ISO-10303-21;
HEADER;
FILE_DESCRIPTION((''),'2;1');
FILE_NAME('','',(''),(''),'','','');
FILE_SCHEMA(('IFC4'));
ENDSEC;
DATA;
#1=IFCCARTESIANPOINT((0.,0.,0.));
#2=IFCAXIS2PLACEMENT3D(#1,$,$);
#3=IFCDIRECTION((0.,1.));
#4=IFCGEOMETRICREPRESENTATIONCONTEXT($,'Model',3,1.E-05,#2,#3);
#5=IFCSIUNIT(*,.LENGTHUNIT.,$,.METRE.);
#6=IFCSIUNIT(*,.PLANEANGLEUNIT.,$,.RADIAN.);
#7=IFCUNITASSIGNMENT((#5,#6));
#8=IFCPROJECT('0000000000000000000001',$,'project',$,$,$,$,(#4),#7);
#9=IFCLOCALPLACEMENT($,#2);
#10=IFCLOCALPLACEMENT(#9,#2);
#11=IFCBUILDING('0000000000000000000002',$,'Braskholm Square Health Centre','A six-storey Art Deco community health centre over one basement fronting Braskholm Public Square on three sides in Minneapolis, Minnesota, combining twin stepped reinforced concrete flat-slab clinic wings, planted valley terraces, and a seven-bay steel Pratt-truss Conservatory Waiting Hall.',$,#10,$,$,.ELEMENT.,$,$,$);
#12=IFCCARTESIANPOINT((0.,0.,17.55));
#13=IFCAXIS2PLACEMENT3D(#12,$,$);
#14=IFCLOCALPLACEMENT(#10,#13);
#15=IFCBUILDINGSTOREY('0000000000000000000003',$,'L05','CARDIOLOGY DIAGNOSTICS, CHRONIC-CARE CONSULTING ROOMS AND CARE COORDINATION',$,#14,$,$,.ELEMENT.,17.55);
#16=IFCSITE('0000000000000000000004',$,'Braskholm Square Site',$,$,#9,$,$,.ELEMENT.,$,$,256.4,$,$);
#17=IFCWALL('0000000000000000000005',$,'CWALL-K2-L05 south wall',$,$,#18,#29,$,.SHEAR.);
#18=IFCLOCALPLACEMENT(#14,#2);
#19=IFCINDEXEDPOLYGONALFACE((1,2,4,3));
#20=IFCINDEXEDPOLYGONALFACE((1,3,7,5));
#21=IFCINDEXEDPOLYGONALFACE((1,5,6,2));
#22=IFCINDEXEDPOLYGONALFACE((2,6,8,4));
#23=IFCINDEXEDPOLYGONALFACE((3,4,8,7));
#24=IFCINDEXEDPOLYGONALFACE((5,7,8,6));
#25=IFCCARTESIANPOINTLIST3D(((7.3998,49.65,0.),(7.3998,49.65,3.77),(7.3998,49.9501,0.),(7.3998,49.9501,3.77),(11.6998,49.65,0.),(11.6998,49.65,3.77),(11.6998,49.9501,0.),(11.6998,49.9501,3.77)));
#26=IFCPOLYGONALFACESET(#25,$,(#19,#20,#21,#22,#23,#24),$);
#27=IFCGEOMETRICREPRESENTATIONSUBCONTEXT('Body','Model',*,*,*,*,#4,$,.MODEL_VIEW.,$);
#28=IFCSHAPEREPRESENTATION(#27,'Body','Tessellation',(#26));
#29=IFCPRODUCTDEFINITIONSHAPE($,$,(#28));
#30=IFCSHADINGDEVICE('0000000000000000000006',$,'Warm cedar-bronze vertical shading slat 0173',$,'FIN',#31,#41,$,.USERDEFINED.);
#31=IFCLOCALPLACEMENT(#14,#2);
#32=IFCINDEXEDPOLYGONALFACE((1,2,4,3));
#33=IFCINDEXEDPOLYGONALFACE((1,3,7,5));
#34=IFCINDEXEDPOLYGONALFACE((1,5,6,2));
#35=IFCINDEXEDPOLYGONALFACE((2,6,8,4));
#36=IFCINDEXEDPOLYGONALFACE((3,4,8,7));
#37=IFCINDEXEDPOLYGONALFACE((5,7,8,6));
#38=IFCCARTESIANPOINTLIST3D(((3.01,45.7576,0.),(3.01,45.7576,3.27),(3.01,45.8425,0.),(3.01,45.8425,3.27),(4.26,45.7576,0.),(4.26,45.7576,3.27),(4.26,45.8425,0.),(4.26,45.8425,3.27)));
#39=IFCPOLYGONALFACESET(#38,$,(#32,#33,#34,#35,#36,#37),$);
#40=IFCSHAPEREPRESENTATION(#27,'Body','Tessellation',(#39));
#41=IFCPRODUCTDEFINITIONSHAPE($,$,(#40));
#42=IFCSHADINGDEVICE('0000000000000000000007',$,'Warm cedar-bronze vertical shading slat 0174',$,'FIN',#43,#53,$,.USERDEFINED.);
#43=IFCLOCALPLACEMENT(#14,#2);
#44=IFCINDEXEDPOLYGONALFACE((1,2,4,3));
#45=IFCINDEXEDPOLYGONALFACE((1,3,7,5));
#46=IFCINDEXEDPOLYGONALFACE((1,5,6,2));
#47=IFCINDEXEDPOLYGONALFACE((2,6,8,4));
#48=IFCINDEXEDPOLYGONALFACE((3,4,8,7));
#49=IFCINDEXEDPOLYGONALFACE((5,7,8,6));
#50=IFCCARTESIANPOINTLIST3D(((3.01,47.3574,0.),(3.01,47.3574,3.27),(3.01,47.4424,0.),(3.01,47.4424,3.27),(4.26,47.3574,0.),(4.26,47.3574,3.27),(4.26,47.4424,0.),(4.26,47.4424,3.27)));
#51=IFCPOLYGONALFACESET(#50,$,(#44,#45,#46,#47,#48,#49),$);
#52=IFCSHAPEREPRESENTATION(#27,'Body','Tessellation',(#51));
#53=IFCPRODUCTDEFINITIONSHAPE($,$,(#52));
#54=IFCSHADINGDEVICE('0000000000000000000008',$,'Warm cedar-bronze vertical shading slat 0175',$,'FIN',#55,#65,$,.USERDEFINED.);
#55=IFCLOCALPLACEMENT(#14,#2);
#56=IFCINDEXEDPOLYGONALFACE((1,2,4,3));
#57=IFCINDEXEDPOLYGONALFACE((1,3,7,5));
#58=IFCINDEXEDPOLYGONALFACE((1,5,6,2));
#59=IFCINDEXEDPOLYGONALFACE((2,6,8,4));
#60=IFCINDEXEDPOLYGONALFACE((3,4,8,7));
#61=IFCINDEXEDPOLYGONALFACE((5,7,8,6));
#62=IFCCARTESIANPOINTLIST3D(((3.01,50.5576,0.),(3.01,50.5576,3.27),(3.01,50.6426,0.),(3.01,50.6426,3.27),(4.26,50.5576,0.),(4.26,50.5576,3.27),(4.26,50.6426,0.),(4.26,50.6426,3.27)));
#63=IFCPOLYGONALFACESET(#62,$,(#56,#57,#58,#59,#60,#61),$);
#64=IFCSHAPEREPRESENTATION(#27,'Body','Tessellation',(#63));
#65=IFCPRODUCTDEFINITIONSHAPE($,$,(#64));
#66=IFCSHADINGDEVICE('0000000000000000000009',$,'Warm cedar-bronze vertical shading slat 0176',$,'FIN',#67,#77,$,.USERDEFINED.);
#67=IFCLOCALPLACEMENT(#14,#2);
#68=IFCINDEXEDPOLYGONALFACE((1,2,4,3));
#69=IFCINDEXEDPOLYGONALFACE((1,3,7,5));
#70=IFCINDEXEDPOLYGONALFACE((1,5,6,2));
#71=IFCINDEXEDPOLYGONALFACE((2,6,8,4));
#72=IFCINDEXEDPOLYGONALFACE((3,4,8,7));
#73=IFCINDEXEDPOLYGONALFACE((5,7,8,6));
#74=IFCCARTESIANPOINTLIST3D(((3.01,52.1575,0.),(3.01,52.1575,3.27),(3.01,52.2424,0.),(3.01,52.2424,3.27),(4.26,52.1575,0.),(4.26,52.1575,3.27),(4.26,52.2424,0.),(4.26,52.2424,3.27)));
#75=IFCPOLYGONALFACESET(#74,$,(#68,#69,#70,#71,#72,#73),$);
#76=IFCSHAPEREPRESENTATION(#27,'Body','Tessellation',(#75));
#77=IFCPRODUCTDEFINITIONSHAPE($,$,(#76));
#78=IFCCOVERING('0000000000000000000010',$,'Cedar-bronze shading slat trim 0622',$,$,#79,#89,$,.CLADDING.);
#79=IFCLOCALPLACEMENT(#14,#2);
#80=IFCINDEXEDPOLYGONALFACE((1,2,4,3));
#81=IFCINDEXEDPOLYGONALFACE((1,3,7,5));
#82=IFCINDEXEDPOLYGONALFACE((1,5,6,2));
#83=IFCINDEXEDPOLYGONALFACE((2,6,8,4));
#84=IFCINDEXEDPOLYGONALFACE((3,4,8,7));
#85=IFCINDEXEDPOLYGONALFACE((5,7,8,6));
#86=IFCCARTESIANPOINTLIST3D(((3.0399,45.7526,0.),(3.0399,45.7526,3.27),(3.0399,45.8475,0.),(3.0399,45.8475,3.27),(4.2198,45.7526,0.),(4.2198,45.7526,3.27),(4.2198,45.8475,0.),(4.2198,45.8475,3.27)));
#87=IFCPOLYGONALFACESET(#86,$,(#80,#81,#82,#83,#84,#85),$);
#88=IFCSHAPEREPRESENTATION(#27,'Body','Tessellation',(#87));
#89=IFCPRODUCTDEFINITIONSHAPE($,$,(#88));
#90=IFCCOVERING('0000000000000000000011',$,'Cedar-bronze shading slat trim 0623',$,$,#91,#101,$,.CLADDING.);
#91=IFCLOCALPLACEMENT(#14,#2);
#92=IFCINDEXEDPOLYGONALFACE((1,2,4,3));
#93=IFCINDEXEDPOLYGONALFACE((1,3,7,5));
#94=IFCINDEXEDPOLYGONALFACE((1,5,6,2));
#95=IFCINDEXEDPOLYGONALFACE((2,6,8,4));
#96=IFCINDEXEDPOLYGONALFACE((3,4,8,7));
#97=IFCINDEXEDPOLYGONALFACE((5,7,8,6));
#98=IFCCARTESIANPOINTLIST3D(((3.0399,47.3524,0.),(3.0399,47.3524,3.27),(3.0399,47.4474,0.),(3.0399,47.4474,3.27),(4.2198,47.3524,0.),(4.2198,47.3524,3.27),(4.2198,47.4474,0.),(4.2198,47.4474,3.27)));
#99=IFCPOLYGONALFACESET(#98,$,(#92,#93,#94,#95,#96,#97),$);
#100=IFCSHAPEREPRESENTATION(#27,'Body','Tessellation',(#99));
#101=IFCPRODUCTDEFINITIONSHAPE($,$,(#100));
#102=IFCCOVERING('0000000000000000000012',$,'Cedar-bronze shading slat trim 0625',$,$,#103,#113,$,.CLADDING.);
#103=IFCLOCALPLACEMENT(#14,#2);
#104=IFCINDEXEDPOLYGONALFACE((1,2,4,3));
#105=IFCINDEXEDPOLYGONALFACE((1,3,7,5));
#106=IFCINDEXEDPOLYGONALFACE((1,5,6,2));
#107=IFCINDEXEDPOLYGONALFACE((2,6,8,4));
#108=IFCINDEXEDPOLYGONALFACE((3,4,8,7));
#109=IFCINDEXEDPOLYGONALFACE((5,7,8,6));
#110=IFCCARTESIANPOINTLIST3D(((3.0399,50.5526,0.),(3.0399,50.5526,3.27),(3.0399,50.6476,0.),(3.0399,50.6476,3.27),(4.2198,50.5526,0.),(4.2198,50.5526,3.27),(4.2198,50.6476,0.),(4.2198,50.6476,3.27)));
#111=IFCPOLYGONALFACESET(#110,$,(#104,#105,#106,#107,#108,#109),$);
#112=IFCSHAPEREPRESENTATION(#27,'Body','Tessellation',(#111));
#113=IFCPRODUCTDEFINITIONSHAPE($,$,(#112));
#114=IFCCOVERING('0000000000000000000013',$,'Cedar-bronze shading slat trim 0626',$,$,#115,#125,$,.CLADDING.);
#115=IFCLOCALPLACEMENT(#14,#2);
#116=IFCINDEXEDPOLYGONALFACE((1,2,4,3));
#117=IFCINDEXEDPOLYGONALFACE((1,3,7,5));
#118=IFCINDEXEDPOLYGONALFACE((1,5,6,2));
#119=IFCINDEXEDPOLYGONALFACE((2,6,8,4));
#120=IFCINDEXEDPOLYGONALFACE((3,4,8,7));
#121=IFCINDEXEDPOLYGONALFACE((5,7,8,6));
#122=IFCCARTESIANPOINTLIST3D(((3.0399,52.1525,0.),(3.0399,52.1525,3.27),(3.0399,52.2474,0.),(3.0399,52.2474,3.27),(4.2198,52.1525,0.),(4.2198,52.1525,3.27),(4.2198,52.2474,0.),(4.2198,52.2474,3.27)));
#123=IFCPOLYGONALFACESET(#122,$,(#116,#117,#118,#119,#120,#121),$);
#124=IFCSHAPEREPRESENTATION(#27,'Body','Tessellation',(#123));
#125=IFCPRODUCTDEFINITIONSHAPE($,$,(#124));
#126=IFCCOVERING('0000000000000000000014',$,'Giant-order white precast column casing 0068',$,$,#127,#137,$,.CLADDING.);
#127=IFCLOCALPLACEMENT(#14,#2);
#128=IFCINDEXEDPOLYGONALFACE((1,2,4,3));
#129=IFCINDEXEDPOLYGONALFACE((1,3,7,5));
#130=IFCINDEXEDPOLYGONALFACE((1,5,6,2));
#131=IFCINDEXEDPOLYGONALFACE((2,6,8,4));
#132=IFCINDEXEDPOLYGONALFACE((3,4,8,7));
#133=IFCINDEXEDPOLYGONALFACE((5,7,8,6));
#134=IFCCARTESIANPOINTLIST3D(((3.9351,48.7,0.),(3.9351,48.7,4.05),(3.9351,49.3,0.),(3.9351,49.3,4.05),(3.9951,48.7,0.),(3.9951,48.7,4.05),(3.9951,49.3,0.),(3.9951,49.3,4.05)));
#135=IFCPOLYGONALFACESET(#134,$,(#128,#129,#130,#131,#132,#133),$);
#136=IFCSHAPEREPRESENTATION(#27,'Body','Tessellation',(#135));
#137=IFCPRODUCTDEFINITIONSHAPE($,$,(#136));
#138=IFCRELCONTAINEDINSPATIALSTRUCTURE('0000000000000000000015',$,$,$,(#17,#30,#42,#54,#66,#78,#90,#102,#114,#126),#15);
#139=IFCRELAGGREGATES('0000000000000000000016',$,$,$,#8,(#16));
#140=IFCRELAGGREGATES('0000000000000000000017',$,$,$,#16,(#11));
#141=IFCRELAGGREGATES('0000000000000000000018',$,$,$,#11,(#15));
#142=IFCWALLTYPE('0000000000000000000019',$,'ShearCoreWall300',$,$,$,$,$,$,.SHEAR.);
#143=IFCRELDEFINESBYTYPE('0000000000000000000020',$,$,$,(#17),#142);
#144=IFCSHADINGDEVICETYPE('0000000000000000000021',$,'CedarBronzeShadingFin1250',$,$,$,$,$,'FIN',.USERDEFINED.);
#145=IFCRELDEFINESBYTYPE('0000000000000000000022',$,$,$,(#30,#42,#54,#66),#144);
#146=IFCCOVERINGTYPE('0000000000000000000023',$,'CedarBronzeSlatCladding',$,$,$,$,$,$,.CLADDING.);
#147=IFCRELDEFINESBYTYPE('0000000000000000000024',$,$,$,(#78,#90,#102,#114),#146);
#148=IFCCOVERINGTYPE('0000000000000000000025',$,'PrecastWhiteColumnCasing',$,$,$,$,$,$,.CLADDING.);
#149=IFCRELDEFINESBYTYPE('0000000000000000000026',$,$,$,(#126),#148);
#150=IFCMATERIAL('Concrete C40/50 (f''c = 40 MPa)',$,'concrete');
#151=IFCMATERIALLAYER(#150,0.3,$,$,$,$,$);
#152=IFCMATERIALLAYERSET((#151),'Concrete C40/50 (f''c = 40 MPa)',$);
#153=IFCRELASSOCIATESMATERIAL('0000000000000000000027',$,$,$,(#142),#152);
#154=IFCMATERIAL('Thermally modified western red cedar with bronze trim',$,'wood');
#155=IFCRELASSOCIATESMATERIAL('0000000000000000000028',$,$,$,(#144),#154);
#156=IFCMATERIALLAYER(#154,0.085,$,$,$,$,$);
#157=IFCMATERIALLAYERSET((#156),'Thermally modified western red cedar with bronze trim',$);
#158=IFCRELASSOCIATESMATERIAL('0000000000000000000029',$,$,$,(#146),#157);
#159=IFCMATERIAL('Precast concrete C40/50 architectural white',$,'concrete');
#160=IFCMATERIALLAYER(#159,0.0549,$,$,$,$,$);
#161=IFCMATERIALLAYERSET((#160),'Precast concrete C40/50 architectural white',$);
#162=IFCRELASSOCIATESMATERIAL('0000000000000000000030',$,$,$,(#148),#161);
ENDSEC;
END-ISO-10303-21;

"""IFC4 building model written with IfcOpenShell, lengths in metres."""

from ifc_helpers import new_model, si_unit, direction, frame, frame_2d, origin, origin_2d, place, context, subcontext, project, spatial, rectangle, extrude, material, layer, layer_set, type_object, element, save


model = new_model("IFC4")

# Units and contexts
model_context = context("Model", 3, precision=1e-05, world=origin(), true_north=direction((0.0, 1.0)))
body_context = subcontext(model_context, "Body", "Model", "MODEL_VIEW")
ifc_project = project(units=[si_unit("LENGTHUNIT", "METRE"), si_unit("PLANEANGLEUNIT", "RADIAN")], contexts=[model_context])

# Site, building, storey
site_placement = place(None, origin())
site = spatial("IfcSite", under=ifc_project, at=site_placement, Name="Braskholm Square Site", CompositionType="ELEMENT", RefElevation=256.4)
building_placement = place(site_placement, origin())
building = spatial("IfcBuilding", under=site, at=building_placement, Name="Braskholm Square Health Centre", Description="A six-storey Art Deco community health centre over one basement fronting Braskholm Public Square on three sides in Minneapolis, Minnesota, combining twin stepped reinforced concrete flat-slab clinic wings, planted valley terraces, and a seven-bay steel Pratt-truss Conservatory Waiting Hall.", CompositionType="ELEMENT")
storey_placement = place(building_placement, frame((0.0, 0.0, 17.55)))
storey = spatial("IfcBuildingStorey", under=building, at=storey_placement, Name="L05", Description="CARDIOLOGY DIAGNOSTICS, CHRONIC-CARE CONSULTING ROOMS AND CARE COORDINATION", CompositionType="ELEMENT", Elevation=17.55)

# Shared definitions
ifc_material_1 = material(Name="Precast concrete C40/50 architectural white", Category="concrete")

# Wall
ifc_material_2 = material(Name="Concrete C40/50 (f'c = 40 MPa)", Category="concrete")
ifc_layer_1 = layer(ifc_material_2, 0.3)
ifc_layer_set_1 = layer_set([ifc_layer_1], Name="Concrete C40/50 (f'c = 40 MPa)")
wall_type_1 = type_object("IfcWallType", Name="ShearCoreWall300", PredefinedType="SHEAR", material=ifc_layer_set_1)
wall_1_placement = place(storey_placement, frame((7.3999, 49.8, 0.0), z_axis=(0.0, 0.0, 1.0), x_axis=(1.0, 0.0, 0.0)))
element("IfcWall", 1, at=wall_1_placement, inside=storey, type_object=wall_type_1, Name="CWALL-K2-L05 south wall", PredefinedType="SHEAR", context=body_context, shape_type="SweptSolid", body=[
    extrude(rectangle(XDim=4.3, YDim=0.3, at=frame_2d((2.1499, 0.0))), origin(), (0.0, 0.0, 1.0), 3.77),
])

# Shading devices
ifc_material_3 = material(Name="Thermally modified western red cedar with bronze trim", Category="wood")
shading_device_type = type_object("IfcShadingDeviceType", Name="CedarBronzeShadingFin1250", ElementType="FIN", PredefinedType="USERDEFINED", material=ifc_material_3)
for number, where, z_axis, x_axis, name in (
    (2, (3.635, 45.8, 0.0), (0.0, 0.0, 1.0), (1.0, 0.0, 0.0), "Warm cedar-bronze vertical shading slat 0173"),
    (3, (3.635, 47.3999, 0.0), (0.0, 0.0, 1.0), (1.0, 0.0, 0.0), "Warm cedar-bronze vertical shading slat 0174"),
    (4, (3.635, 50.6001, 0.0), (0.0, 0.0, 1.0), (1.0, 0.0, 0.0), "Warm cedar-bronze vertical shading slat 0175"),
    (5, (3.635, 52.2, 0.0), (0.0, 0.0, 1.0), (1.0, 0.0, 0.0), "Warm cedar-bronze vertical shading slat 0176"),
):
    element("IfcShadingDevice", number, at=place(storey_placement, frame(where, z_axis=z_axis, x_axis=x_axis)), inside=storey, type_object=shading_device_type, Name=name, ObjectType="FIN", PredefinedType="USERDEFINED", context=body_context, shape_type="SweptSolid", body=[
        extrude(rectangle(XDim=1.25, YDim=0.085, at=origin_2d()), origin(), (0.0, 0.0, 1.0), 3.27),
    ])

# Coverings
ifc_layer_2 = layer(ifc_material_3, 0.085)
ifc_layer_set_2 = layer_set([ifc_layer_2], Name="Thermally modified western red cedar with bronze trim")
covering_type_1 = type_object("IfcCoveringType", Name="CedarBronzeSlatCladding", PredefinedType="CLADDING", material=ifc_layer_set_2)
for number, where, z_axis, x_axis, name in (
    (6, (3.6299, 45.8, 0.0), (0.0, 0.0, 1.0), (1.0, 0.0, 0.0), "Cedar-bronze shading slat trim 0622"),
    (7, (3.6299, 47.3999, 0.0), (0.0, 0.0, 1.0), (1.0, 0.0, 0.0), "Cedar-bronze shading slat trim 0623"),
    (8, (3.6299, 50.6001, 0.0), (0.0, 0.0, 1.0), (1.0, 0.0, 0.0), "Cedar-bronze shading slat trim 0625"),
    (9, (3.6299, 52.2, 0.0), (0.0, 0.0, 1.0), (1.0, 0.0, 0.0), "Cedar-bronze shading slat trim 0626"),
):
    element("IfcCovering", number, at=place(storey_placement, frame(where, z_axis=z_axis, x_axis=x_axis)), inside=storey, type_object=covering_type_1, Name=name, PredefinedType="CLADDING", context=body_context, shape_type="SweptSolid", body=[
        extrude(rectangle(XDim=1.1799, YDim=0.095, at=origin_2d()), origin(), (0.0, 0.0, 1.0), 3.27),
    ])
ifc_layer_3 = layer(ifc_material_1, 0.0549)
ifc_layer_set_3 = layer_set([ifc_layer_3], Name="Precast concrete C40/50 architectural white")
covering_type_2 = type_object("IfcCoveringType", Name="PrecastWhiteColumnCasing", PredefinedType="CLADDING", material=ifc_layer_set_3)
covering_placement = place(storey_placement, frame((3.9651, 49.0, 0.0), z_axis=(0.0, 0.0, 1.0), x_axis=(1.0, 0.0, 0.0)))
element("IfcCovering", 10, at=covering_placement, inside=storey, type_object=covering_type_2, Name="Giant-order white precast column casing 0068", PredefinedType="CLADDING", context=body_context, shape_type="SweptSolid", body=[
    extrude(rectangle(XDim=0.0601, YDim=0.6001, at=origin_2d()), origin(), (0.0, 0.0, 1.0), 4.05),
])

save(model, "model.ifc")
